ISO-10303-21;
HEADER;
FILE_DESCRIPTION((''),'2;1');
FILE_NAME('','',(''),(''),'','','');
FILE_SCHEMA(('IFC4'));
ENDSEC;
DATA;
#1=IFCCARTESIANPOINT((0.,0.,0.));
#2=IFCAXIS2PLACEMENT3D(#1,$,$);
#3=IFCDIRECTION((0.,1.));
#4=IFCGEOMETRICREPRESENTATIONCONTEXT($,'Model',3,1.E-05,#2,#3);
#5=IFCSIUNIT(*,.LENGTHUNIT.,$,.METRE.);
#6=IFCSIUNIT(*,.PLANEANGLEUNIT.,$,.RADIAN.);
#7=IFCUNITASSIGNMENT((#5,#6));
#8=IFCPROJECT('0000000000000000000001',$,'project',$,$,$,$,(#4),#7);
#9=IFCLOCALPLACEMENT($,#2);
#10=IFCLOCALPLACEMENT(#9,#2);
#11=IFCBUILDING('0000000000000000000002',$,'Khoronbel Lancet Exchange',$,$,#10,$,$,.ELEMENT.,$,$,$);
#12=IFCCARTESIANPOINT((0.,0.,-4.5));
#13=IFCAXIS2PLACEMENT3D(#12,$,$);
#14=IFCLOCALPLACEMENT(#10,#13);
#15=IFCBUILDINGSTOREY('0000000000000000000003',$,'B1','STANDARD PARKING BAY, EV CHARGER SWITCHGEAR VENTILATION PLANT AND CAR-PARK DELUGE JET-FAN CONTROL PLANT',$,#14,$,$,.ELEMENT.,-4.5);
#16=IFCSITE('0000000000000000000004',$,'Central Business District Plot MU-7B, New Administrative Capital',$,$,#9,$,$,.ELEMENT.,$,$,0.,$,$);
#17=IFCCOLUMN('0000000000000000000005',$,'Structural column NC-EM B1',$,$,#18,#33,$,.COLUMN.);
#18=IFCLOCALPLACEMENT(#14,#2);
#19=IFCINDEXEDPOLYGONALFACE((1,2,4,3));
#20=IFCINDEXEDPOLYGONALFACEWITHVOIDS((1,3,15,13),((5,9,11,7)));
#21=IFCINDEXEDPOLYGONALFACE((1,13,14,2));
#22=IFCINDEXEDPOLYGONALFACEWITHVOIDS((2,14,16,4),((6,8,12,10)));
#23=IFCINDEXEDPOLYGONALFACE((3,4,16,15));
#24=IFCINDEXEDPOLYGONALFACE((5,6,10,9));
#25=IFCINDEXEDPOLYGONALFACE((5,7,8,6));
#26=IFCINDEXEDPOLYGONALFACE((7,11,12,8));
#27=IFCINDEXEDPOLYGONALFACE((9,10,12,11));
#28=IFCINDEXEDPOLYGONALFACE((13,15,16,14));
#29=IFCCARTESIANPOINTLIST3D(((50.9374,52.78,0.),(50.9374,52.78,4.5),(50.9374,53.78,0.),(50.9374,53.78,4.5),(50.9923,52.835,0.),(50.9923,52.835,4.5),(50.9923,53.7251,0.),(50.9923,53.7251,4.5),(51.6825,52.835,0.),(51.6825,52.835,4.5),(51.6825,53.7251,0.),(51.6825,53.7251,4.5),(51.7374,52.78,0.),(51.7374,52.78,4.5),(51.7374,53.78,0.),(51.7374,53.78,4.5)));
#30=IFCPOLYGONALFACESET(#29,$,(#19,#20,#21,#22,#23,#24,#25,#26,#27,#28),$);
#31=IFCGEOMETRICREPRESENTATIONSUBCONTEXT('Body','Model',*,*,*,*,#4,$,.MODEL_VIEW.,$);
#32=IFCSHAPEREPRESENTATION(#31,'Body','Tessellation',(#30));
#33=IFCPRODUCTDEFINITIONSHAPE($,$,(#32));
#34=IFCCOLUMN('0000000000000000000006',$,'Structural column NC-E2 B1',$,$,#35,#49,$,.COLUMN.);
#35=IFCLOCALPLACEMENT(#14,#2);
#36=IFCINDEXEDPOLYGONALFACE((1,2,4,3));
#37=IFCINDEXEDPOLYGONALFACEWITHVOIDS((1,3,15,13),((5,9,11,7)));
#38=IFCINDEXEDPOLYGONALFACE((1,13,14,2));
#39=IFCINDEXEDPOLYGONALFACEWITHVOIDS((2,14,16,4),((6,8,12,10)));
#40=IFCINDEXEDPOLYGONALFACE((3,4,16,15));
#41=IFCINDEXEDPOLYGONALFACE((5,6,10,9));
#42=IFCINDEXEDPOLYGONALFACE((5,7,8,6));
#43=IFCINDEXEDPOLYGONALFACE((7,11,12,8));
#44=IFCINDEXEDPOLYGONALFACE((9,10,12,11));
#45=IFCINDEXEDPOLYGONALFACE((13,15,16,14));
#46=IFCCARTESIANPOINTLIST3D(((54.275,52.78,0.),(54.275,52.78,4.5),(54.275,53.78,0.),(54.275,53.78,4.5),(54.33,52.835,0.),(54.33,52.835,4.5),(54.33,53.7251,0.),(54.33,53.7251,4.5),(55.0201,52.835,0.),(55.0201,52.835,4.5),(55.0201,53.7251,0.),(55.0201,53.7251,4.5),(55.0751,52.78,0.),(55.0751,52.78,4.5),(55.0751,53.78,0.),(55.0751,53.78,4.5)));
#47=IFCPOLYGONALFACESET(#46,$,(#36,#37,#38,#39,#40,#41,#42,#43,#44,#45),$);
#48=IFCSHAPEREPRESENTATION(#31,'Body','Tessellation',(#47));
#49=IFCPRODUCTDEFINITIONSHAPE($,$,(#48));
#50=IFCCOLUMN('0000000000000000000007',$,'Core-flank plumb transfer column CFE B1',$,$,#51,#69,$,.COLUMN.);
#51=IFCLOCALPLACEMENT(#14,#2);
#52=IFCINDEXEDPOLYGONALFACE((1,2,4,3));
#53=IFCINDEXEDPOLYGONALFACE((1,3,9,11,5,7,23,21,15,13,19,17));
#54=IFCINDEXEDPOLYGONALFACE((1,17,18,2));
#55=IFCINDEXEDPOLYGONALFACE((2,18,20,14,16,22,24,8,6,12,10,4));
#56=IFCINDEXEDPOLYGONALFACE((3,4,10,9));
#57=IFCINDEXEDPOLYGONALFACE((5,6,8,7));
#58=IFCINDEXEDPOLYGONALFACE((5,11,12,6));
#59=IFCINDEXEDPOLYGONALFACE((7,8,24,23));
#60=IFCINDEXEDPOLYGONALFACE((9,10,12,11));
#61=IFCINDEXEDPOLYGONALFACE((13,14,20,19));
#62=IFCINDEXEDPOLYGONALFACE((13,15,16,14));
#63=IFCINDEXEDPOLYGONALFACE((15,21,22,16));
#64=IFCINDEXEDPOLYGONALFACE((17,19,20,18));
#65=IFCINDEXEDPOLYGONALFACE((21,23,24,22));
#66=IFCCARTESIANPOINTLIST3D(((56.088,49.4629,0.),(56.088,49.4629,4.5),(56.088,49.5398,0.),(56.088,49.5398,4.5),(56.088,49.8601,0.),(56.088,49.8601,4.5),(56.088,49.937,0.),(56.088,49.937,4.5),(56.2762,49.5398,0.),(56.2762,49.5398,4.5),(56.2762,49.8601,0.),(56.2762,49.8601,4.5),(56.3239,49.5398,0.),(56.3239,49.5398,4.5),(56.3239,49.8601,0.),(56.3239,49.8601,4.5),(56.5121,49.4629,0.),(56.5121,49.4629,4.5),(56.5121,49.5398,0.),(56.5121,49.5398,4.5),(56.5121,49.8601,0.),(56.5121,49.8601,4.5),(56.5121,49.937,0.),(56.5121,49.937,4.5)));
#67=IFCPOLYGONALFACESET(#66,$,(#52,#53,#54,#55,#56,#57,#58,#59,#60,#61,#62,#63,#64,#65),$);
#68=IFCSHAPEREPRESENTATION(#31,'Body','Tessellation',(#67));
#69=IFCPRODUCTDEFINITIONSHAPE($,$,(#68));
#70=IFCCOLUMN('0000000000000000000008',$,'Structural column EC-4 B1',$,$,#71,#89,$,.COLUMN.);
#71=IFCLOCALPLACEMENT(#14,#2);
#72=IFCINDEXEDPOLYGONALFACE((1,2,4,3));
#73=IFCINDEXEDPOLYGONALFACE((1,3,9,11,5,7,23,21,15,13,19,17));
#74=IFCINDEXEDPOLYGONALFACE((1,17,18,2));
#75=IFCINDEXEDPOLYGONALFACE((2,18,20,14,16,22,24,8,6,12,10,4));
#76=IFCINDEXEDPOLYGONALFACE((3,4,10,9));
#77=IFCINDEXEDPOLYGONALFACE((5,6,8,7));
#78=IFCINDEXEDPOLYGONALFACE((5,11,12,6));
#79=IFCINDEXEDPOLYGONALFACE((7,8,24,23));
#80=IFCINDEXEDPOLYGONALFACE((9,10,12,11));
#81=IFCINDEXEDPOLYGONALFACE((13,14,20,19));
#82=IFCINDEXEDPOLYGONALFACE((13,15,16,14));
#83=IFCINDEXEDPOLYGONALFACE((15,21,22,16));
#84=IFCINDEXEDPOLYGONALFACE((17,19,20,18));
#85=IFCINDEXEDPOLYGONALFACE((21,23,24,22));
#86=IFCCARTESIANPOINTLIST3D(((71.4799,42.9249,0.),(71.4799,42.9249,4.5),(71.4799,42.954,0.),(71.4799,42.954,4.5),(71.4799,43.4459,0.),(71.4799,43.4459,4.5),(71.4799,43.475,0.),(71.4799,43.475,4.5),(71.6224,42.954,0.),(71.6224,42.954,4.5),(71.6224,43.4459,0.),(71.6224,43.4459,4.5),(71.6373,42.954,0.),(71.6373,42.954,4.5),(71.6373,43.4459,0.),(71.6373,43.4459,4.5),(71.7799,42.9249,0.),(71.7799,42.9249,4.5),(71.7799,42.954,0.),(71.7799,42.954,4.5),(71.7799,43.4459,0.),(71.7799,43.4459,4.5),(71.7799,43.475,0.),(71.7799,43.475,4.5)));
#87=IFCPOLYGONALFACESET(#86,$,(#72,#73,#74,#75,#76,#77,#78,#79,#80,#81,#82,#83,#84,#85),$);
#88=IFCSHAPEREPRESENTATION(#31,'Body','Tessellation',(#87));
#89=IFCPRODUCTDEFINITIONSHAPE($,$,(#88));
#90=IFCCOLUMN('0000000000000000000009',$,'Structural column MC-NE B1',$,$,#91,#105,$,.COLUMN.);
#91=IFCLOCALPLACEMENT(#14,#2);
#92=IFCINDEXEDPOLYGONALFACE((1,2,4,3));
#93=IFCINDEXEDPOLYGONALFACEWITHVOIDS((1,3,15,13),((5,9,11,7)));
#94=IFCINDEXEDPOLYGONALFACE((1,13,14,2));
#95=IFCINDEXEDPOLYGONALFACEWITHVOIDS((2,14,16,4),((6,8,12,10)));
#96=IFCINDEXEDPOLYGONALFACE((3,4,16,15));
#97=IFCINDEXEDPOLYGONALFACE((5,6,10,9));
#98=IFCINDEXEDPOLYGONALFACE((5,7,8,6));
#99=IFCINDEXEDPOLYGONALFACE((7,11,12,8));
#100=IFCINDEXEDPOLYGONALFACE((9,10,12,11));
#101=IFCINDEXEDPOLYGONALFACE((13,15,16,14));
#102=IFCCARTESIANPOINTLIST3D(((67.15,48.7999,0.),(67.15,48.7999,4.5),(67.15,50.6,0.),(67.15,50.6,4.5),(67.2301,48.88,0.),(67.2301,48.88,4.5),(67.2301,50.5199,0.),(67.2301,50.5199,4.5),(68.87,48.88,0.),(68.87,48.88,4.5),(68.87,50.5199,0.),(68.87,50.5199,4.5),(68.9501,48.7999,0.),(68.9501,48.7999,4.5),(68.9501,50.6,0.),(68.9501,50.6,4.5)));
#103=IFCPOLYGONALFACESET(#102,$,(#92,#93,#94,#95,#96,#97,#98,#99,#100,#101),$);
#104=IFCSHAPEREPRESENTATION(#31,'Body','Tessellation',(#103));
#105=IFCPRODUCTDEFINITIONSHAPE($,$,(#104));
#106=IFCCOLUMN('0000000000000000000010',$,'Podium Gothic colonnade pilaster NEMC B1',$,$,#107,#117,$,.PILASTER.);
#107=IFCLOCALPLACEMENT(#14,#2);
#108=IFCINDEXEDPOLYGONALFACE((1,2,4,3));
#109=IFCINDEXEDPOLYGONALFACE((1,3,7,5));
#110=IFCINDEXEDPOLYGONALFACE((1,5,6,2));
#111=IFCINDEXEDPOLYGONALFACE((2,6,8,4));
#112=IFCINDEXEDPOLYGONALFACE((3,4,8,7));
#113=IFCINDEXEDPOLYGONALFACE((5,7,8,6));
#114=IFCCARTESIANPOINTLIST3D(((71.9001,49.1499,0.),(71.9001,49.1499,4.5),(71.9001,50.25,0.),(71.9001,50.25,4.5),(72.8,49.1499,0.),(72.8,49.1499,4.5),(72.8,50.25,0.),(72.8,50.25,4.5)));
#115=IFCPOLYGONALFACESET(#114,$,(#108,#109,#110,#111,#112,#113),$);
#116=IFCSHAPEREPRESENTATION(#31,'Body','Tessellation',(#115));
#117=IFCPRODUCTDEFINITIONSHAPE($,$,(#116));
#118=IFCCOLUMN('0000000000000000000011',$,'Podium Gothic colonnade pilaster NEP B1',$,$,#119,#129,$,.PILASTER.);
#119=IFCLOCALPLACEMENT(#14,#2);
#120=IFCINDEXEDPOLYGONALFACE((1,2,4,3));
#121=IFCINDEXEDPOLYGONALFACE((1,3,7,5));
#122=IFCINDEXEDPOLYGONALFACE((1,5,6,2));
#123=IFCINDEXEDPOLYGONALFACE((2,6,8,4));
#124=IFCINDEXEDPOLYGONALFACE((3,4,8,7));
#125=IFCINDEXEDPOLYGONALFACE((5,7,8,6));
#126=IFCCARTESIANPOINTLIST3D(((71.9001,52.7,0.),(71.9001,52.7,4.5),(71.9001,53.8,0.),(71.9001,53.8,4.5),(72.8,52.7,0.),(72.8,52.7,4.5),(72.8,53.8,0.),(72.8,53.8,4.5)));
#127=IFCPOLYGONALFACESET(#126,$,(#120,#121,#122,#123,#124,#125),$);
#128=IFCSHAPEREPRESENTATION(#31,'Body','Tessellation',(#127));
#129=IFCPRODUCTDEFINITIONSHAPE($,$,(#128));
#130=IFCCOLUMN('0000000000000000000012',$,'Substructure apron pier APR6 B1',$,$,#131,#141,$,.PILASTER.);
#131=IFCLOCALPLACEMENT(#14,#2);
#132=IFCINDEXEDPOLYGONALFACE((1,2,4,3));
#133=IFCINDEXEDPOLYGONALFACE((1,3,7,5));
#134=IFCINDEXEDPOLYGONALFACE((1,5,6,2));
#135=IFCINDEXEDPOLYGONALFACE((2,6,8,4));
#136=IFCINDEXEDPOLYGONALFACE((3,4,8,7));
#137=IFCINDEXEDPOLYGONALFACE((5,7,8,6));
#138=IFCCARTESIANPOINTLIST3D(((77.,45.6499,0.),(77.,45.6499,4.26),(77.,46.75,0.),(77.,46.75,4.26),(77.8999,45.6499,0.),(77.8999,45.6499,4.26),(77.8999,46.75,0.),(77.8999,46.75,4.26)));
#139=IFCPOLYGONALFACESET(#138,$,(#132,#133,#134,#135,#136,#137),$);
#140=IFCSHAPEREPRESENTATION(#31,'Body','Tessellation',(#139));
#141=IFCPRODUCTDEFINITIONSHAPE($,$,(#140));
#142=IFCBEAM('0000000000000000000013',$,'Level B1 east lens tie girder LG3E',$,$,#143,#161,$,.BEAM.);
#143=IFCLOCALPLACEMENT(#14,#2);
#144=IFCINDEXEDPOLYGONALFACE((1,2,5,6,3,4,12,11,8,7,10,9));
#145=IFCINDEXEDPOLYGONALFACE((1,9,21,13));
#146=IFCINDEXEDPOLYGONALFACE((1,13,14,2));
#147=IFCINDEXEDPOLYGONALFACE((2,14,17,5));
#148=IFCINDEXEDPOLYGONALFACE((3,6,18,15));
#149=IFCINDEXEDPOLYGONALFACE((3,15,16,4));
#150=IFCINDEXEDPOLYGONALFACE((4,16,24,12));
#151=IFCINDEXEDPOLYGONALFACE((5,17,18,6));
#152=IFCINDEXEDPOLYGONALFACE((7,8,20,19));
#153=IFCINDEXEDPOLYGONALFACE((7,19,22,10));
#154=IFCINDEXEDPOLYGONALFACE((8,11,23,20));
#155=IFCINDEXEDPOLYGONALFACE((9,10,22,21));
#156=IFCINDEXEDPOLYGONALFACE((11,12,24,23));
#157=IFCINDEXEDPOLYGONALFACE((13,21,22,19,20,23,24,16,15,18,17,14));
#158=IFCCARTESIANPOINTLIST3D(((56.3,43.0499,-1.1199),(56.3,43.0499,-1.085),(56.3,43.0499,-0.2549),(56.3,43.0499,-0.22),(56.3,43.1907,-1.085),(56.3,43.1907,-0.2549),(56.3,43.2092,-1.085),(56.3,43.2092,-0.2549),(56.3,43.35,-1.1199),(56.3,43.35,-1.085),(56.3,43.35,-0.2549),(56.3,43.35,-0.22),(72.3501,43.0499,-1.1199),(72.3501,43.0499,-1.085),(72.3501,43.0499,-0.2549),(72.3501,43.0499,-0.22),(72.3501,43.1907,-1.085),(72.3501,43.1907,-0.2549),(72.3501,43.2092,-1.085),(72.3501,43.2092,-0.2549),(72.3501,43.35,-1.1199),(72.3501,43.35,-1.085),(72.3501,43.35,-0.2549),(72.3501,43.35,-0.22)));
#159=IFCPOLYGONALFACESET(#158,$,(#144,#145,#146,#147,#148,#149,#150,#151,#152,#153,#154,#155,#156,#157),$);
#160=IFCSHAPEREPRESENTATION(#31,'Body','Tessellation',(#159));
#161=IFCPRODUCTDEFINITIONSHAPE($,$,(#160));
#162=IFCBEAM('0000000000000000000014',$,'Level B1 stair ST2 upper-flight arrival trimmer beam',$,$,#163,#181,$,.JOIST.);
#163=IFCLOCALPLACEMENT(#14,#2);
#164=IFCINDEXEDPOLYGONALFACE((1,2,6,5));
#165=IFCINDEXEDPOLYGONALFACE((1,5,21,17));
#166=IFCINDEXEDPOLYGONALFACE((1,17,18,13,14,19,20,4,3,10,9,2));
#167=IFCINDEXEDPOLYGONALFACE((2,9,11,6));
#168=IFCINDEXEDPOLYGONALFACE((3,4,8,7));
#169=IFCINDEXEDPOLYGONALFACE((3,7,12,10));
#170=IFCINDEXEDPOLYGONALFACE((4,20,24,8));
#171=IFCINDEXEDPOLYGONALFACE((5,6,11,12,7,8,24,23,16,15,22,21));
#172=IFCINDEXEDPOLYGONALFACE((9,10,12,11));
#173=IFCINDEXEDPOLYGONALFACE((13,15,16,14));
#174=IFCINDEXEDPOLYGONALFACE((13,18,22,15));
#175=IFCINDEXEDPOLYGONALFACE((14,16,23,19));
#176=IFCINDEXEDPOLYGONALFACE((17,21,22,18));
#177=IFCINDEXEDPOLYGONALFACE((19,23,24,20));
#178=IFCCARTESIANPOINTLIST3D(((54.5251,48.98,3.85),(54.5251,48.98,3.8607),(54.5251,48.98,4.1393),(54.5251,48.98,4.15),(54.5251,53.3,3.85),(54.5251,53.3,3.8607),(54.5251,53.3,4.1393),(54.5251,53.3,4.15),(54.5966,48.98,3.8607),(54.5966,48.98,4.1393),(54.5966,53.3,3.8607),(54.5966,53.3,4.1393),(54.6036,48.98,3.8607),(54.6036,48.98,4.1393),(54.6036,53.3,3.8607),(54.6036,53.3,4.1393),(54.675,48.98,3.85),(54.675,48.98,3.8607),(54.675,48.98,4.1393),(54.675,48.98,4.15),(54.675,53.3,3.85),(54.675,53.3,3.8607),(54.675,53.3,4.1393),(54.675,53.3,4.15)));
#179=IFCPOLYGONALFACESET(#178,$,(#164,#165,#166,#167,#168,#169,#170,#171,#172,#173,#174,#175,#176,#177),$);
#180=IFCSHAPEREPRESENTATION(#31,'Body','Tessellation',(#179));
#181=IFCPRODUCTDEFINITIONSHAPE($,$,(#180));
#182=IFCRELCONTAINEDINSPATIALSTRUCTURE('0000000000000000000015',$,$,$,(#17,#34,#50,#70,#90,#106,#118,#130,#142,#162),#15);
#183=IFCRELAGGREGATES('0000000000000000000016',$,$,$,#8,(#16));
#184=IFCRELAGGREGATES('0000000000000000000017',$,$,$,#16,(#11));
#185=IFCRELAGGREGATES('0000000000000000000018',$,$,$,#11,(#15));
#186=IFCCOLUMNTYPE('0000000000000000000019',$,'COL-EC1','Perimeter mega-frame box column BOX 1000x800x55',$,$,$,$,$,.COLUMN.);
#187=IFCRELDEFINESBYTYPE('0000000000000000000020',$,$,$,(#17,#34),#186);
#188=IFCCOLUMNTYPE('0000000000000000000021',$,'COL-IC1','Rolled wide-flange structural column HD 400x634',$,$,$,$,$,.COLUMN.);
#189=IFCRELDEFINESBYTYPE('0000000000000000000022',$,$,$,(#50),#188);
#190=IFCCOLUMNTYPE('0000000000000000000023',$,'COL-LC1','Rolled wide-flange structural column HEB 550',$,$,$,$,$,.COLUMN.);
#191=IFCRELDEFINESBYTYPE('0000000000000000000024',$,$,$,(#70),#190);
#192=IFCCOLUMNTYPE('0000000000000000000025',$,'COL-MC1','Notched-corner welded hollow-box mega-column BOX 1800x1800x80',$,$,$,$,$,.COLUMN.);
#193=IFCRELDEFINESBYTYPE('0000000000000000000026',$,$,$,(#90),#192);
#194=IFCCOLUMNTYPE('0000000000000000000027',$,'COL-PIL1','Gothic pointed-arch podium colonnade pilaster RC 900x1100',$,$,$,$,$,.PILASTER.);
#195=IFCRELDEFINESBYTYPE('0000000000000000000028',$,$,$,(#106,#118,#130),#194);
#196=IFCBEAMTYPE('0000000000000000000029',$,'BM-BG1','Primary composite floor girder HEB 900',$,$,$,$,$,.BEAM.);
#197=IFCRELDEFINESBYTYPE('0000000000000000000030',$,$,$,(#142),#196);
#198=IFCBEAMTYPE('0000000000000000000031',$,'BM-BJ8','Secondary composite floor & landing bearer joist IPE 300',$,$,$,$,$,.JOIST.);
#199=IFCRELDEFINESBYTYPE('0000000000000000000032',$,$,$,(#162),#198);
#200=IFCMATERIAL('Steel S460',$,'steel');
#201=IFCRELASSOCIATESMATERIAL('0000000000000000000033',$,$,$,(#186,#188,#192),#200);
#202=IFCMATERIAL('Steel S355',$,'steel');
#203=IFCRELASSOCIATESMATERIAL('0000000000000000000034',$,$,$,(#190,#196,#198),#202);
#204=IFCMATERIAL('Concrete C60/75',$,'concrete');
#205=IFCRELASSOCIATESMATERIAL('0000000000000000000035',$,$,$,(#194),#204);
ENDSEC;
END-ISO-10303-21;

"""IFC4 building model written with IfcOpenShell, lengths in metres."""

from ifc_helpers import new_model, si_unit, direction, frame, origin, origin_2d, place, context, subcontext, project, spatial, rectangle, hollow_rectangle, i_section, extrude, material, material_profile, profile_set, type_object, element, save


model = new_model("IFC4")

# Units and contexts
model_context = context("Model", 3, precision=1e-05, world=origin(), true_north=direction((0.0, 1.0)))
body_context = subcontext(model_context, "Body", "Model", "MODEL_VIEW")
ifc_project = project(units=[si_unit("LENGTHUNIT", "METRE"), si_unit("PLANEANGLEUNIT", "RADIAN")], contexts=[model_context])

# Site, building, storey
site_placement = place(None, origin())
site = spatial("IfcSite", under=ifc_project, at=site_placement, Name="Central Business District Plot MU-7B, New Administrative Capital", CompositionType="ELEMENT", RefElevation=0.0)
building_placement = place(site_placement, origin())
building = spatial("IfcBuilding", under=site, at=building_placement, Name="Khoronbel Lancet Exchange", CompositionType="ELEMENT")
storey_placement = place(building_placement, frame((0.0, 0.0, -4.5)))
storey = spatial("IfcBuildingStorey", under=building, at=storey_placement, Name="B1", Description="STANDARD PARKING BAY, EV CHARGER SWITCHGEAR VENTILATION PLANT AND CAR-PARK DELUGE JET-FAN CONTROL PLANT", CompositionType="ELEMENT", Elevation=-4.5)

# Columns
ifc_material_1 = material(Name="Steel S460", Category="steel")
ifc_material_profile_1 = material_profile(ifc_material_1, hollow_rectangle(XDim=0.8, YDim=1.0, WallThickness=0.0549, at=origin_2d()), Name="BOX 1000x800x55")
ifc_profile_set_1 = profile_set([ifc_material_profile_1], Name="Steel S460")
column_type_1 = type_object("IfcColumnType", Name="COL-EC1", Description="Perimeter mega-frame box column BOX 1000x800x55", PredefinedType="COLUMN", material=ifc_profile_set_1)
for number, where, z_axis, x_axis, name in (
    (1, (51.3374, 53.28, 0.0), (0.0, 0.0, 1.0), (1.0, 0.0, 0.0), "Structural column NC-EM B1"),
    (2, (54.675, 53.28, 0.0), (0.0, 0.0, 1.0), (1.0, 0.0, 0.0), "Structural column NC-E2 B1"),
):
    element("IfcColumn", number, at=place(storey_placement, frame(where, z_axis=z_axis, x_axis=x_axis)), inside=storey, type_object=column_type_1, Name=name, PredefinedType="COLUMN", context=body_context, shape_type="SweptSolid", body=[
        extrude(hollow_rectangle(XDim=0.8, YDim=1.0, WallThickness=0.0549, at=origin_2d()), origin(), (0.0, 0.0, 1.0), 4.5),
    ])
ifc_material_profile_2 = material_profile(ifc_material_1, i_section(OverallWidth=0.4241, OverallDepth=0.4741, WebThickness=0.0476, FlangeThickness=0.0769, at=origin_2d()), Name="HD 400x634")
ifc_profile_set_2 = profile_set([ifc_material_profile_2], Name="Steel S460")
column_type_2 = type_object("IfcColumnType", Name="COL-IC1", Description="Rolled wide-flange structural column HD 400x634", PredefinedType="COLUMN", material=ifc_profile_set_2)
column_1_placement = place(storey_placement, frame((56.3, 49.7, 0.0), z_axis=(0.0, 0.0, 1.0), x_axis=(1.0, 0.0, 0.0)))
element("IfcColumn", 3, at=column_1_placement, inside=storey, type_object=column_type_2, Name="Core-flank plumb transfer column CFE B1", PredefinedType="COLUMN", context=body_context, shape_type="SweptSolid", body=[
    extrude(i_section(OverallWidth=0.4241, OverallDepth=0.4741, WebThickness=0.0476, FlangeThickness=0.0769, at=origin_2d()), origin(), (0.0, 0.0, 1.0), 4.5),
])
ifc_material_2 = material(Name="Steel S355", Category="steel")
ifc_material_profile_3 = material_profile(ifc_material_2, i_section(OverallWidth=0.3, OverallDepth=0.55, WebThickness=0.0149, FlangeThickness=0.0291, at=origin_2d()), Name="HEB 550")
ifc_profile_set_3 = profile_set([ifc_material_profile_3], Name="Steel S355")
column_type_3 = type_object("IfcColumnType", Name="COL-LC1", Description="Rolled wide-flange structural column HEB 550", PredefinedType="COLUMN", material=ifc_profile_set_3)
column_2_placement = place(storey_placement, frame((71.6299, 43.2, 0.0), z_axis=(0.0, 0.0, 1.0), x_axis=(1.0, 0.0, 0.0)))
element("IfcColumn", 4, at=column_2_placement, inside=storey, type_object=column_type_3, Name="Structural column EC-4 B1", PredefinedType="COLUMN", context=body_context, shape_type="SweptSolid", body=[
    extrude(i_section(OverallWidth=0.3, OverallDepth=0.55, WebThickness=0.0149, FlangeThickness=0.0291, at=origin_2d()), origin(), (0.0, 0.0, 1.0), 4.5),
])
ifc_material_profile_4 = material_profile(ifc_material_1, hollow_rectangle(XDim=1.8, YDim=1.8, WallThickness=0.0801, at=origin_2d()), Name="BOX 1800x1800x80")
ifc_profile_set_4 = profile_set([ifc_material_profile_4], Name="Steel S460")
column_type_4 = type_object("IfcColumnType", Name="COL-MC1", Description="Notched-corner welded hollow-box mega-column BOX 1800x1800x80", PredefinedType="COLUMN", material=ifc_profile_set_4)
column_3_placement = place(storey_placement, frame((68.05, 49.7, 0.0), z_axis=(0.0, 0.0, 1.0), x_axis=(1.0, 0.0, 0.0)))
element("IfcColumn", 5, at=column_3_placement, inside=storey, type_object=column_type_4, Name="Structural column MC-NE B1", PredefinedType="COLUMN", context=body_context, shape_type="SweptSolid", body=[
    extrude(hollow_rectangle(XDim=1.8, YDim=1.8, WallThickness=0.0801, at=origin_2d()), origin(), (0.0, 0.0, 1.0), 4.5),
])
ifc_material_3 = material(Name="Concrete C60/75", Category="concrete")
ifc_material_profile_5 = material_profile(ifc_material_3, rectangle(XDim=0.8999, YDim=1.1001, at=origin_2d()), Name="RC 900x1100")
ifc_profile_set_5 = profile_set([ifc_material_profile_5], Name="Concrete C60/75")
column_type_5 = type_object("IfcColumnType", Name="COL-PIL1", Description="Gothic pointed-arch podium colonnade pilaster RC 900x1100", PredefinedType="PILASTER", material=ifc_profile_set_5)
for number, where, z_axis, x_axis, name in (
    (6, (72.3501, 49.7, 0.0), (0.0, 0.0, 1.0), (1.0, 0.0, 0.0), "Podium Gothic colonnade pilaster NEMC B1"),
    (7, (72.3501, 53.25, 0.0), (0.0, 0.0, 1.0), (1.0, 0.0, 0.0), "Podium Gothic colonnade pilaster NEP B1"),
):
    element("IfcColumn", number, at=place(storey_placement, frame(where, z_axis=z_axis, x_axis=x_axis)), inside=storey, type_object=column_type_5, Name=name, PredefinedType="PILASTER", context=body_context, shape_type="SweptSolid", body=[
        extrude(rectangle(XDim=0.8999, YDim=1.1001, at=origin_2d()), origin(), (0.0, 0.0, 1.0), 4.5),
    ])
column_4_placement = place(storey_placement, frame((77.45, 46.2, 0.0), z_axis=(0.0, 0.0, 1.0), x_axis=(1.0, 0.0, 0.0)))
element("IfcColumn", 8, at=column_4_placement, inside=storey, type_object=column_type_5, Name="Substructure apron pier APR6 B1", PredefinedType="PILASTER", context=body_context, shape_type="SweptSolid", body=[
    extrude(rectangle(XDim=0.8999, YDim=1.1001, at=origin_2d()), origin(), (0.0, 0.0, 1.0), 4.26),
])

# Beams
ifc_material_profile_6 = material_profile(ifc_material_2, i_section(OverallWidth=0.3, OverallDepth=0.8999, WebThickness=0.0186, FlangeThickness=0.0349, at=origin_2d()), Name="HEB 900")
ifc_profile_set_6 = profile_set([ifc_material_profile_6], Name="Steel S355")
beam_type_1 = type_object("IfcBeamType", Name="BM-BG1", Description="Primary composite floor girder HEB 900", PredefinedType="BEAM", material=ifc_profile_set_6)
beam_1_placement = place(storey_placement, frame((56.3, 43.2, -0.6699), z_axis=(1.0, 0.0, 0.0), x_axis=(0.0, 1.0, 0.0)))
element("IfcBeam", 9, at=beam_1_placement, inside=storey, type_object=beam_type_1, Name="Level B1 east lens tie girder LG3E", PredefinedType="BEAM", context=body_context, shape_type="SweptSolid", body=[
    extrude(i_section(OverallWidth=0.3, OverallDepth=0.8999, WebThickness=0.0186, FlangeThickness=0.0349, at=origin_2d()), origin(), (0.0, 0.0, 1.0), 16.05),
])
ifc_material_profile_7 = material_profile(ifc_material_2, i_section(OverallWidth=0.1499, OverallDepth=0.3, WebThickness=0.0071, FlangeThickness=0.0107, at=origin_2d()), Name="IPE 300")
ifc_profile_set_7 = profile_set([ifc_material_profile_7], Name="Steel S355")
beam_type_2 = type_object("IfcBeamType", Name="BM-BJ8", Description="Secondary composite floor & landing bearer joist IPE 300", PredefinedType="JOIST", material=ifc_profile_set_7)
beam_2_placement = place(storey_placement, frame((54.6001, 48.98, 4.0), z_axis=(0.0, 1.0, 0.0), x_axis=(-1.0, 0.0, 0.0)))
element("IfcBeam", 10, at=beam_2_placement, inside=storey, type_object=beam_type_2, Name="Level B1 stair ST2 upper-flight arrival trimmer beam", PredefinedType="JOIST", context=body_context, shape_type="SweptSolid", body=[
    extrude(i_section(OverallWidth=0.1499, OverallDepth=0.3, WebThickness=0.0071, FlangeThickness=0.0107, at=origin_2d()), origin(), (0.0, 0.0, 1.0), 4.3201),
])

save(model, "model.ifc")
